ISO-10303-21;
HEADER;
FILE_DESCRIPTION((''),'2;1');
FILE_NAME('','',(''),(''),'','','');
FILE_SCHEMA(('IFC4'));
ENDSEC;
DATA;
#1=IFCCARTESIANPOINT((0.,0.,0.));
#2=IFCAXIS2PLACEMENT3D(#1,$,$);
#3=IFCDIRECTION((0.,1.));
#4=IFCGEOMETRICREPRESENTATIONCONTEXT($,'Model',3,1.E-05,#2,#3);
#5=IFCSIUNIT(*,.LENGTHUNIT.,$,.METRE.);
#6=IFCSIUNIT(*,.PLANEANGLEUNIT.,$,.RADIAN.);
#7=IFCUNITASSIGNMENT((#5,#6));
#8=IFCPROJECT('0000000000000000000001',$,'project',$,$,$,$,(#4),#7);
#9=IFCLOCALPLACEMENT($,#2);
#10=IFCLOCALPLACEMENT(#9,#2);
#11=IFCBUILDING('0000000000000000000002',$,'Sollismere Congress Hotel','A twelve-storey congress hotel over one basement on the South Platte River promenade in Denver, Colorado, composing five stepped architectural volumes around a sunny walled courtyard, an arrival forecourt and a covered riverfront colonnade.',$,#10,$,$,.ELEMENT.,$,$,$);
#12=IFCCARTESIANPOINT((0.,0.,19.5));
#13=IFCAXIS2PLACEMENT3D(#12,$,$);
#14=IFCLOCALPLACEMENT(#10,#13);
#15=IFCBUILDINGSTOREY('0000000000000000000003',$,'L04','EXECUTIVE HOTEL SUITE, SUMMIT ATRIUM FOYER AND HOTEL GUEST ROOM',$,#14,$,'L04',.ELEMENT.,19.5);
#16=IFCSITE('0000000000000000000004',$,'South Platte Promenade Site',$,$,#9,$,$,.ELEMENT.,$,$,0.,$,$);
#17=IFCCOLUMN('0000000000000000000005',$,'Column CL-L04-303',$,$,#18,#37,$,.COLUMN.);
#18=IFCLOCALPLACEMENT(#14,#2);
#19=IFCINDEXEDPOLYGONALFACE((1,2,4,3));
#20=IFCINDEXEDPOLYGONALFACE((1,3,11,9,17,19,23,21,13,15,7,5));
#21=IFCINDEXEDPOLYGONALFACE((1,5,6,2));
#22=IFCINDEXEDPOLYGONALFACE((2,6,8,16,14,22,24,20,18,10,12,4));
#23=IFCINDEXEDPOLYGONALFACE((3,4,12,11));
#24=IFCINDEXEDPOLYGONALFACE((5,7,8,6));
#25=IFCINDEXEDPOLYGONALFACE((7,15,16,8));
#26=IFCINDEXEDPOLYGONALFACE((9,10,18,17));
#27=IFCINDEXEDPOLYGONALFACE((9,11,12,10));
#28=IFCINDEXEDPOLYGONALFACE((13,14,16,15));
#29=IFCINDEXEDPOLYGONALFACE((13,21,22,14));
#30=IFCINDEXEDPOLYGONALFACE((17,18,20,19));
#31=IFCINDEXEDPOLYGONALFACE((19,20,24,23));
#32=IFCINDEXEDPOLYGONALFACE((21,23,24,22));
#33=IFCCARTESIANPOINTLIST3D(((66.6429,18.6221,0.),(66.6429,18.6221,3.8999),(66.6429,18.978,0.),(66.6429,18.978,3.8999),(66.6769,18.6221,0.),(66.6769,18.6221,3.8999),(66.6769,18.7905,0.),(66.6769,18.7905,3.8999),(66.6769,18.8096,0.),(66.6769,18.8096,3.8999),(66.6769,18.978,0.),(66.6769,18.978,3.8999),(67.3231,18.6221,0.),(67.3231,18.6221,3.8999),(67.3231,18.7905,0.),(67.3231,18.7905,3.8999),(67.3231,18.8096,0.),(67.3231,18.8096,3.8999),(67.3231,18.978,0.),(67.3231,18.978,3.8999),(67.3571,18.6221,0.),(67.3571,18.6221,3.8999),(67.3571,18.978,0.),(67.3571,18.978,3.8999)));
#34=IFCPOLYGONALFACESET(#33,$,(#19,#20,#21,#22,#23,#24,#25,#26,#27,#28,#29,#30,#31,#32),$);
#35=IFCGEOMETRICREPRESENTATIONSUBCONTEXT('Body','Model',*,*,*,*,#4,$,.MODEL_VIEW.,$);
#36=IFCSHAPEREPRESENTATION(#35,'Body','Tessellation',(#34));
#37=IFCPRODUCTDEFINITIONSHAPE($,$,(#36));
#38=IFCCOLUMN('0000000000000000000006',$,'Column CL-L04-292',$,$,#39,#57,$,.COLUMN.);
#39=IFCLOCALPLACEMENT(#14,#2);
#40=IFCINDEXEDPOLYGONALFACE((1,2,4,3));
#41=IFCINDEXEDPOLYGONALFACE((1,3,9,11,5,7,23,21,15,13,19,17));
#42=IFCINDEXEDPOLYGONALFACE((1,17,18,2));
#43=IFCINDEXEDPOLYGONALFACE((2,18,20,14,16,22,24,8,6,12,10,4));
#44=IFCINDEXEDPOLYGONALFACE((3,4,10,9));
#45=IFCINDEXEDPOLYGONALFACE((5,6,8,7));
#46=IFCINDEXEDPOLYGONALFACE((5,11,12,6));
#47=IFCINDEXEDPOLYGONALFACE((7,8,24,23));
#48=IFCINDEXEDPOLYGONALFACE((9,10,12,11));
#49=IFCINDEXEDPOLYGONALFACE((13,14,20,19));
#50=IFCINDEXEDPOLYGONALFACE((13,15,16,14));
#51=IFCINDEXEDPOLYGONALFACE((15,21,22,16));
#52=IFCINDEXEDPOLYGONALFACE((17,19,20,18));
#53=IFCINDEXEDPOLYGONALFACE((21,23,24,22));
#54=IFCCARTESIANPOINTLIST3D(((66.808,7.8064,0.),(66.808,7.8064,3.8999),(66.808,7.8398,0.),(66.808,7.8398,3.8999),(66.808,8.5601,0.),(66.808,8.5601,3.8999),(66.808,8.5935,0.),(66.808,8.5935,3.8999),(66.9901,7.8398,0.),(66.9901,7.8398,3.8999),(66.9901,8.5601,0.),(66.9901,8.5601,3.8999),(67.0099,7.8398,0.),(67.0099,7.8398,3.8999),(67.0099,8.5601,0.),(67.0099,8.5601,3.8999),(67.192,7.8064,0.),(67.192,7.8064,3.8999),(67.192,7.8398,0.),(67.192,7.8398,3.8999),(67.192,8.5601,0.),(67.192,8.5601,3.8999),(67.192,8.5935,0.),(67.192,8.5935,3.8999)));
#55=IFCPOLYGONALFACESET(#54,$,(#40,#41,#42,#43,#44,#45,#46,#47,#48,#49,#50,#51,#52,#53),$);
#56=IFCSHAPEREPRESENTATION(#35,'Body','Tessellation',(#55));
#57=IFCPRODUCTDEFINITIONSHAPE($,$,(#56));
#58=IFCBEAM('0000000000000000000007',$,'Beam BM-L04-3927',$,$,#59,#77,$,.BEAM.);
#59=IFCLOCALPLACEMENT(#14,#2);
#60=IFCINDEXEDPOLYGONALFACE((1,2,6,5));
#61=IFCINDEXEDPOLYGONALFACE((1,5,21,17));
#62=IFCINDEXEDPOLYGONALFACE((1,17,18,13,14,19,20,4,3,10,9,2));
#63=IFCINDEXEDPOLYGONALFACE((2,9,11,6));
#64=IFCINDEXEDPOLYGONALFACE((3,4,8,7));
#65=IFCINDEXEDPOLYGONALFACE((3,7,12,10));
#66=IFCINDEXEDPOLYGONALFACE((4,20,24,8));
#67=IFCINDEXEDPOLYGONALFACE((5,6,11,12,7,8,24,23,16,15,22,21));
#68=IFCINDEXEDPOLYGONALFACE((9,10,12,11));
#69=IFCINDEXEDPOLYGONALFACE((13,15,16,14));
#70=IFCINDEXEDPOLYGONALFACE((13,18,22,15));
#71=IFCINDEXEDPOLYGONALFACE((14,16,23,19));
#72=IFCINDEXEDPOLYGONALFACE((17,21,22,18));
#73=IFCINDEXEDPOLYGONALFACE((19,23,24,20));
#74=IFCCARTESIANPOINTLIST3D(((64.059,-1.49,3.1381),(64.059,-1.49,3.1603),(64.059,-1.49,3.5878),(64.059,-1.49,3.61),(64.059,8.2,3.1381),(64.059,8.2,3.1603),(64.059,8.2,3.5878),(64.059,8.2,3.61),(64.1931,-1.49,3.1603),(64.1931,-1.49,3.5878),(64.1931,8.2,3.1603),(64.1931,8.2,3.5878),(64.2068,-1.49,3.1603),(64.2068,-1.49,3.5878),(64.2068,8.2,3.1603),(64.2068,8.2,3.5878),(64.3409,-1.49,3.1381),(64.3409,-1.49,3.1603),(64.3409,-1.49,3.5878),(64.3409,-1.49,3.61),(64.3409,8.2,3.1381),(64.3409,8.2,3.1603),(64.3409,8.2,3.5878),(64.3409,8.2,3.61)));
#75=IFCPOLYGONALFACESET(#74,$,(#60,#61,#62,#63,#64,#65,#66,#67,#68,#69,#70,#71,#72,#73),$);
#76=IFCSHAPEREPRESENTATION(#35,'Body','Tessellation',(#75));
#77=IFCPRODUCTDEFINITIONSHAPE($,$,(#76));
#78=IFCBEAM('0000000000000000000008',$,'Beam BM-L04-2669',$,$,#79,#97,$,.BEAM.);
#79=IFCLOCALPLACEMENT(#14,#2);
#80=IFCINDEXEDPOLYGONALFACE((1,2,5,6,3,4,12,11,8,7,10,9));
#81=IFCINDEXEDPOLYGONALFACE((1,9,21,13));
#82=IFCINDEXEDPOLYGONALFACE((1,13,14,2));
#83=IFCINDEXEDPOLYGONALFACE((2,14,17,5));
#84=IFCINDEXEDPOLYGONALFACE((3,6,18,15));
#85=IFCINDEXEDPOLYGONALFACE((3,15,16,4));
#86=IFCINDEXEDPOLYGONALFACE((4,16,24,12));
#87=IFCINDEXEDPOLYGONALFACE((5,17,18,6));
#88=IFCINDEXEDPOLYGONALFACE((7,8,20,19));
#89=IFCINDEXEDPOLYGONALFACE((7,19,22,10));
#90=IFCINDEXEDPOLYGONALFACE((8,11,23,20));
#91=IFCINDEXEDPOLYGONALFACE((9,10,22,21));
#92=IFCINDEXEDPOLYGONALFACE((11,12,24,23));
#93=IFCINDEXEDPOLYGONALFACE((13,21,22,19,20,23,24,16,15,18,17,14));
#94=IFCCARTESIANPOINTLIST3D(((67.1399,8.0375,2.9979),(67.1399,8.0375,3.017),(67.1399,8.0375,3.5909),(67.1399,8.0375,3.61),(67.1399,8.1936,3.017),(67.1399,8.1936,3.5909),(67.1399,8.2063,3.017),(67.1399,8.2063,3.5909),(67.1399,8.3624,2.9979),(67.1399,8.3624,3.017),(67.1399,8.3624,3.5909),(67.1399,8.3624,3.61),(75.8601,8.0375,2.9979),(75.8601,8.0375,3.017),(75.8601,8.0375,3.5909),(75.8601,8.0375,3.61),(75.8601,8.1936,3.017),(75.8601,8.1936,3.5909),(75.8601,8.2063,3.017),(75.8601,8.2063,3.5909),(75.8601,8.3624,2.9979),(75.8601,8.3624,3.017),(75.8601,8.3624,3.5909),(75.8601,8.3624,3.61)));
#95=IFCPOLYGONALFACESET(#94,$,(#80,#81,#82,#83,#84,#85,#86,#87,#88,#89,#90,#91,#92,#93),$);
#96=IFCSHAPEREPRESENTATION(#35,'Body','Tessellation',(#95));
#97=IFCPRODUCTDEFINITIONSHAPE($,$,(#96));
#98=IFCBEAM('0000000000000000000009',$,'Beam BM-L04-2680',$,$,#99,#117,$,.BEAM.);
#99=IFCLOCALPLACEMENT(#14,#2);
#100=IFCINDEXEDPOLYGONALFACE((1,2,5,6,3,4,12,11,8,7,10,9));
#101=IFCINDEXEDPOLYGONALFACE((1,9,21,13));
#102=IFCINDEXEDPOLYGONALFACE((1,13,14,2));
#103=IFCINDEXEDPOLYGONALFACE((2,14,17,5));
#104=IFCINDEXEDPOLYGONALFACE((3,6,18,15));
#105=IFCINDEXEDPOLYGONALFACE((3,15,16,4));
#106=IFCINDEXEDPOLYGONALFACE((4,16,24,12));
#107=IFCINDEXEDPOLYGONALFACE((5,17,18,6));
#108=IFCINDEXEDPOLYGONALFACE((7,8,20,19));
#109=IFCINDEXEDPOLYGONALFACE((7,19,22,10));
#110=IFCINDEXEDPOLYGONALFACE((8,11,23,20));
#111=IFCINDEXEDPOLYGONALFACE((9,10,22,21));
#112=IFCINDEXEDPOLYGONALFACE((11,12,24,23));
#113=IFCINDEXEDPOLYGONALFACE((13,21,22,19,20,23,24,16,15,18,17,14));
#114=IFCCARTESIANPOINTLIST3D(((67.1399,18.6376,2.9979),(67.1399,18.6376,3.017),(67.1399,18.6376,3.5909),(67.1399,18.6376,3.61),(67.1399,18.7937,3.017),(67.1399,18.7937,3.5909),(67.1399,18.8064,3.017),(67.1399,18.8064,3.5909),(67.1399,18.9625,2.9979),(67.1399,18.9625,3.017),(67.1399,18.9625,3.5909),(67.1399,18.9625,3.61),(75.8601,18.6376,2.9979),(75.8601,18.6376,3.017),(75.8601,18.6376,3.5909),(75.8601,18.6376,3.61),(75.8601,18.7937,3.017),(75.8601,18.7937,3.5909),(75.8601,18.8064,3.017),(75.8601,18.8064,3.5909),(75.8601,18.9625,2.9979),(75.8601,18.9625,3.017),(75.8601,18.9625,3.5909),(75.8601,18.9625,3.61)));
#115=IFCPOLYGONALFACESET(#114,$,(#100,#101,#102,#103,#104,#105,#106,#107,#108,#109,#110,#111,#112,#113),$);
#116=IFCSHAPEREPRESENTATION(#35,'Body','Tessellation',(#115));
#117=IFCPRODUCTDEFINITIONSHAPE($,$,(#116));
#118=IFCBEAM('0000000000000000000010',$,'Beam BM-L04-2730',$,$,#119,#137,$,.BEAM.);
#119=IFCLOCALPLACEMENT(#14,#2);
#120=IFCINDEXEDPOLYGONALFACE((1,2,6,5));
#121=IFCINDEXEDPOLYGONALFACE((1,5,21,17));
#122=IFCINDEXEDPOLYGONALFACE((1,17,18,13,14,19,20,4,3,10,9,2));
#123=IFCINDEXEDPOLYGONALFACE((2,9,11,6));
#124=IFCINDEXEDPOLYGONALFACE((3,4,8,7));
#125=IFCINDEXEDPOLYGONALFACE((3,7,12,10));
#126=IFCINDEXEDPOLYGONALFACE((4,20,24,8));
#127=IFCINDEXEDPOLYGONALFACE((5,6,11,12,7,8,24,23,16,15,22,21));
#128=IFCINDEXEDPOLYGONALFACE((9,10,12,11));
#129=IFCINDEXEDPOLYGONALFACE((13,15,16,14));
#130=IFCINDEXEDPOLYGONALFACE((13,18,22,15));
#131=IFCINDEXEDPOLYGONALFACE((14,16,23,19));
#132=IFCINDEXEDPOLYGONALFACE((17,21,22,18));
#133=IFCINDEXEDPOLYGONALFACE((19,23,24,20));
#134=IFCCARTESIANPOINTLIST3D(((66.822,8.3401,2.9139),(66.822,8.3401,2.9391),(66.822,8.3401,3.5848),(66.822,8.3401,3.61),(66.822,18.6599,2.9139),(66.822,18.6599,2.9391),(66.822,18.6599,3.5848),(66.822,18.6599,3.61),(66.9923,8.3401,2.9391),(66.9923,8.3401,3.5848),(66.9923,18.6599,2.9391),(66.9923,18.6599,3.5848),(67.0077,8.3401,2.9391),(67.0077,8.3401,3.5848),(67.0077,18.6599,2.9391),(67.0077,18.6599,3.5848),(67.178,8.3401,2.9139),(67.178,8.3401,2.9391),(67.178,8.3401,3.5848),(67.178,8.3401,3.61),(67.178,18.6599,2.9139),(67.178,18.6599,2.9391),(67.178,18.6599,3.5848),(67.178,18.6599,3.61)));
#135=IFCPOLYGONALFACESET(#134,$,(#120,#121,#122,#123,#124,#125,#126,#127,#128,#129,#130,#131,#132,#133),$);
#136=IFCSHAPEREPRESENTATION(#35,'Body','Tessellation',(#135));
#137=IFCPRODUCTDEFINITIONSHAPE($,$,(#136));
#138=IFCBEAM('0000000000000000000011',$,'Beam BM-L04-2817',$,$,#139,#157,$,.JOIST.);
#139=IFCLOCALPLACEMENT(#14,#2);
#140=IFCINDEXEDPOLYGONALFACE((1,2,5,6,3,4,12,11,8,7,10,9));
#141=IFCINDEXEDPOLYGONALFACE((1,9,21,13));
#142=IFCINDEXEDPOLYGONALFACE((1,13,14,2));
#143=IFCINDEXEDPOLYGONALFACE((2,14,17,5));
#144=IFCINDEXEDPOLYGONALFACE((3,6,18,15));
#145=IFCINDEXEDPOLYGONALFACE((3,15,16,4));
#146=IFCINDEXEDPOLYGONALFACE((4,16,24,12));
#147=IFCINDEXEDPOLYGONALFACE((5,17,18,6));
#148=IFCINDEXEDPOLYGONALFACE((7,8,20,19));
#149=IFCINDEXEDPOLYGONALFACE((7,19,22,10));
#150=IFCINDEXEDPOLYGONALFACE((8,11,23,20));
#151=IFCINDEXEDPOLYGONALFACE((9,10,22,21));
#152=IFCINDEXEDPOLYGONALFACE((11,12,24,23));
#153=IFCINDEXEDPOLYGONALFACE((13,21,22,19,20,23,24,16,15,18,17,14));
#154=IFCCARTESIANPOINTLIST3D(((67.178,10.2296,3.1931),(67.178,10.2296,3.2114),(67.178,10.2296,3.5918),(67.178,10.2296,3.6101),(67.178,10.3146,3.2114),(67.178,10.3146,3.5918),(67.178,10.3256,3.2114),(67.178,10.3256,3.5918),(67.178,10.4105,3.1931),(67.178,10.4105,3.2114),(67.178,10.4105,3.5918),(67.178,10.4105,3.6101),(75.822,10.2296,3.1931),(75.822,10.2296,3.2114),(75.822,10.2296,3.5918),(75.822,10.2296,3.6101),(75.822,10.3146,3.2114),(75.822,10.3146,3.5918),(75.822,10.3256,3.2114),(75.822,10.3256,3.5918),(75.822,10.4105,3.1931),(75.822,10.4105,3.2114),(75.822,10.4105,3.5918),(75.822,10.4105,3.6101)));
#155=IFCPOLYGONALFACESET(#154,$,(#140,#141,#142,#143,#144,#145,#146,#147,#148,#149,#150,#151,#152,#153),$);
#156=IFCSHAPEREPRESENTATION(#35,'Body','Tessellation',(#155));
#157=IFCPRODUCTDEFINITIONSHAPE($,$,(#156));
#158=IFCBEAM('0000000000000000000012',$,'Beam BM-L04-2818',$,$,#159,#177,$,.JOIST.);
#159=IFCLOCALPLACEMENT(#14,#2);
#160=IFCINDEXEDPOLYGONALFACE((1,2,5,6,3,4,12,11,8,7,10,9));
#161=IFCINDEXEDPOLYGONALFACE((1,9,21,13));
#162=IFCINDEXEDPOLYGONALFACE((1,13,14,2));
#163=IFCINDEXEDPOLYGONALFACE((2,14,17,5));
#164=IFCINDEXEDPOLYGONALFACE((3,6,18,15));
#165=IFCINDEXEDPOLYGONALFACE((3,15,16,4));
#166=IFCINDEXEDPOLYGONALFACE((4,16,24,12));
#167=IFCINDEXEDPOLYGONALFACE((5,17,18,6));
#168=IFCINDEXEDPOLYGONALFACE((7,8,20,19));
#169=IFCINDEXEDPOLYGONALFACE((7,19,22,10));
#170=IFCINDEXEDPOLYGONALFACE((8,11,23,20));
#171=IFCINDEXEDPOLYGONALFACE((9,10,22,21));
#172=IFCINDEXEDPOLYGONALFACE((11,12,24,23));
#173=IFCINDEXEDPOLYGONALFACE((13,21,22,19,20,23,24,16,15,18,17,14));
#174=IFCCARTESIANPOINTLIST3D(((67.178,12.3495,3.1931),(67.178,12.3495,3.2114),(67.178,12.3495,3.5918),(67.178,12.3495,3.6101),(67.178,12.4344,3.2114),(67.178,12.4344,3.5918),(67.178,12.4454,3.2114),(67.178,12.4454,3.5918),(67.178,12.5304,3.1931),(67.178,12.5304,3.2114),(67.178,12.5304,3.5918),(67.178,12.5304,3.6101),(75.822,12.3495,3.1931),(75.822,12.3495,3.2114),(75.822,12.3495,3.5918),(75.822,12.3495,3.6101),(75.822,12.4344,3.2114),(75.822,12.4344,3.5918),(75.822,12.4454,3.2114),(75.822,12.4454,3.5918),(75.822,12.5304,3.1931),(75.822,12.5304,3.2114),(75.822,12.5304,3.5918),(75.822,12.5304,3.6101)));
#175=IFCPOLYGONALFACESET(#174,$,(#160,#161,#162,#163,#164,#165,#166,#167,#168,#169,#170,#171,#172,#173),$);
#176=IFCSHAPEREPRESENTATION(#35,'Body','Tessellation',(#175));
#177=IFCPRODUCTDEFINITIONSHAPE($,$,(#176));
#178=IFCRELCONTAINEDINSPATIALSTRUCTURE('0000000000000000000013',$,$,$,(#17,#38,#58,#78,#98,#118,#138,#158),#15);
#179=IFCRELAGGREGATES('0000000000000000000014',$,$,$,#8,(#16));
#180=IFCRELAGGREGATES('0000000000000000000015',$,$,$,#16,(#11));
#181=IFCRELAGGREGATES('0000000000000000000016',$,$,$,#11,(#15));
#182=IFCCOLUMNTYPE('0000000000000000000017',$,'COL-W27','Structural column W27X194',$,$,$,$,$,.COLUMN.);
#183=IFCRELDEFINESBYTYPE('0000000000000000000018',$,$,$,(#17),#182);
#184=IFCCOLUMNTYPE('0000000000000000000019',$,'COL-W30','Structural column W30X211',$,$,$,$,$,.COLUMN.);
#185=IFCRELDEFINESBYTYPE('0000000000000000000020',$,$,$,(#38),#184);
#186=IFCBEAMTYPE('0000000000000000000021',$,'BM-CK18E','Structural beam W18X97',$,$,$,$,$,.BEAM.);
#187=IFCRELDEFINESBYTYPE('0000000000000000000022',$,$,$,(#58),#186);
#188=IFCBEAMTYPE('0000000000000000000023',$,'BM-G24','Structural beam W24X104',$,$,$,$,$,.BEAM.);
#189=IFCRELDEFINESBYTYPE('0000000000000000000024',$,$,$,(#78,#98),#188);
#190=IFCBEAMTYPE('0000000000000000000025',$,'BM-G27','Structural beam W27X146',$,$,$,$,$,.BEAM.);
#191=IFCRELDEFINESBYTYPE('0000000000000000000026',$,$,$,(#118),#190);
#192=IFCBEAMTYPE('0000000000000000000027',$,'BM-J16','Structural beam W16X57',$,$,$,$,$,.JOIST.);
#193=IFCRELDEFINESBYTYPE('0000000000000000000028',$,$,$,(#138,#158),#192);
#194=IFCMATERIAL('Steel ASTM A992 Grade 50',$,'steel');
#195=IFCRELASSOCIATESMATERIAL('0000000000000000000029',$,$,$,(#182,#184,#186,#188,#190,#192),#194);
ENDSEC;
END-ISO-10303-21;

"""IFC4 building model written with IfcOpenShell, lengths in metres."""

from ifc_helpers import new_model, si_unit, direction, frame, origin, origin_2d, place, context, subcontext, project, spatial, i_section, extrude, material, material_profile, profile_set, type_object, element, save


model = new_model("IFC4")

# Units and contexts
model_context = context("Model", 3, precision=1e-05, world=origin(), true_north=direction((0.0, 1.0)))
body_context = subcontext(model_context, "Body", "Model", "MODEL_VIEW")
ifc_project = project(units=[si_unit("LENGTHUNIT", "METRE"), si_unit("PLANEANGLEUNIT", "RADIAN")], contexts=[model_context])

# Site, building, storey
site_placement = place(None, origin())
site = spatial("IfcSite", under=ifc_project, at=site_placement, Name="South Platte Promenade Site", CompositionType="ELEMENT", RefElevation=0.0)
building_placement = place(site_placement, origin())
building = spatial("IfcBuilding", under=site, at=building_placement, Name="Sollismere Congress Hotel", Description="A twelve-storey congress hotel over one basement on the South Platte River promenade in Denver, Colorado, composing five stepped architectural volumes around a sunny walled courtyard, an arrival forecourt and a covered riverfront colonnade.", CompositionType="ELEMENT")
storey_placement = place(building_placement, frame((0.0, 0.0, 19.5)))
storey = spatial("IfcBuildingStorey", under=building, at=storey_placement, Name="L04", Description="EXECUTIVE HOTEL SUITE, SUMMIT ATRIUM FOYER AND HOTEL GUEST ROOM", LongName="L04", CompositionType="ELEMENT", Elevation=19.5)

# Columns
ifc_material_1 = material(Name="Steel ASTM A992 Grade 50", Category="steel")
ifc_material_profile_1 = material_profile(ifc_material_1, i_section(OverallWidth=0.356, OverallDepth=0.7141, WebThickness=0.019, FlangeThickness=0.0339, at=origin_2d()), Name="W27X194")
ifc_profile_set_1 = profile_set([ifc_material_profile_1], Name="Steel ASTM A992 Grade 50")
column_type_1 = type_object("IfcColumnType", Name="COL-W27", Description="Structural column W27X194", PredefinedType="COLUMN", material=ifc_profile_set_1)
column_1_placement = place(storey_placement, frame((67.0, 18.8, 0.0), z_axis=(0.0, 0.0, 1.0), x_axis=(0.0, 1.0, 0.0)))
element("IfcColumn", 1, at=column_1_placement, inside=storey, type_object=column_type_1, Name="Column CL-L04-303", PredefinedType="COLUMN", context=body_context, shape_type="SweptSolid", body=[
    extrude(i_section(OverallWidth=0.356, OverallDepth=0.7141, WebThickness=0.019, FlangeThickness=0.0339, at=origin_2d()), origin(), (0.0, 0.0, 1.0), 3.8999),
])
ifc_material_profile_2 = material_profile(ifc_material_1, i_section(OverallWidth=0.384, OverallDepth=0.7871, WebThickness=0.0198, FlangeThickness=0.0334, at=origin_2d()), Name="W30X211")
ifc_profile_set_2 = profile_set([ifc_material_profile_2], Name="Steel ASTM A992 Grade 50")
column_type_2 = type_object("IfcColumnType", Name="COL-W30", Description="Structural column W30X211", PredefinedType="COLUMN", material=ifc_profile_set_2)
column_2_placement = place(storey_placement, frame((67.0, 8.2, 0.0), z_axis=(0.0, 0.0, 1.0), x_axis=(1.0, 0.0, 0.0)))
element("IfcColumn", 2, at=column_2_placement, inside=storey, type_object=column_type_2, Name="Column CL-L04-292", PredefinedType="COLUMN", context=body_context, shape_type="SweptSolid", body=[
    extrude(i_section(OverallWidth=0.384, OverallDepth=0.7871, WebThickness=0.0198, FlangeThickness=0.0334, at=origin_2d()), origin(), (0.0, 0.0, 1.0), 3.8999),
])

# Beams
ifc_material_profile_3 = material_profile(ifc_material_1, i_section(OverallWidth=0.282, OverallDepth=0.4719, WebThickness=0.0137, FlangeThickness=0.0222, at=origin_2d()), Name="W18X97")
ifc_profile_set_3 = profile_set([ifc_material_profile_3], Name="Steel ASTM A992 Grade 50")
beam_type_1 = type_object("IfcBeamType", Name="BM-CK18E", Description="Structural beam W18X97", PredefinedType="BEAM", material=ifc_profile_set_3)
beam_1_placement = place(storey_placement, frame((64.2, 8.2, 3.374), z_axis=(0.0, -1.0, 0.0), x_axis=(1.0, 0.0, 0.0)))
element("IfcBeam", 3, at=beam_1_placement, inside=storey, type_object=beam_type_1, Name="Beam BM-L04-3927", PredefinedType="BEAM", context=body_context, shape_type="SweptSolid", body=[
    extrude(i_section(OverallWidth=0.282, OverallDepth=0.4719, WebThickness=0.0137, FlangeThickness=0.0222, at=origin_2d()), origin(), (0.0, 0.0, 1.0), 9.6899),
])
ifc_material_profile_4 = material_profile(ifc_material_1, i_section(OverallWidth=0.325, OverallDepth=0.6121, WebThickness=0.0127, FlangeThickness=0.019, at=origin_2d()), Name="W24X104")
ifc_profile_set_4 = profile_set([ifc_material_profile_4], Name="Steel ASTM A992 Grade 50")
beam_type_2 = type_object("IfcBeamType", Name="BM-G24", Description="Structural beam W24X104", PredefinedType="BEAM", material=ifc_profile_set_4)
for number, where, z_axis, x_axis, name in (
    (4, (67.1399, 8.2, 3.304), (1.0, 0.0, 0.0), (0.0, 1.0, 0.0), "Beam BM-L04-2669"),
    (5, (67.1399, 18.8, 3.304), (1.0, 0.0, 0.0), (0.0, 1.0, 0.0), "Beam BM-L04-2680"),
):
    element("IfcBeam", number, at=place(storey_placement, frame(where, z_axis=z_axis, x_axis=x_axis)), inside=storey, type_object=beam_type_2, Name=name, PredefinedType="BEAM", context=body_context, shape_type="SweptSolid", body=[
        extrude(i_section(OverallWidth=0.325, OverallDepth=0.6121, WebThickness=0.0127, FlangeThickness=0.019, at=origin_2d()), origin(), (0.0, 0.0, 1.0), 8.7202),
    ])
ifc_material_profile_5 = material_profile(ifc_material_1, i_section(OverallWidth=0.356, OverallDepth=0.696, WebThickness=0.0154, FlangeThickness=0.0251, at=origin_2d()), Name="W27X146")
ifc_profile_set_5 = profile_set([ifc_material_profile_5], Name="Steel ASTM A992 Grade 50")
beam_type_3 = type_object("IfcBeamType", Name="BM-G27", Description="Structural beam W27X146", PredefinedType="BEAM", material=ifc_profile_set_5)
beam_2_placement = place(storey_placement, frame((67.0, 8.3401, 3.262), z_axis=(0.0, 1.0, 0.0), x_axis=(-1.0, 0.0, 0.0)))
element("IfcBeam", 6, at=beam_2_placement, inside=storey, type_object=beam_type_3, Name="Beam BM-L04-2730", PredefinedType="BEAM", context=body_context, shape_type="SweptSolid", body=[
    extrude(i_section(OverallWidth=0.356, OverallDepth=0.696, WebThickness=0.0154, FlangeThickness=0.0251, at=origin_2d()), origin(), (0.0, 0.0, 1.0), 10.3198),
])
ifc_material_profile_6 = material_profile(ifc_material_1, i_section(OverallWidth=0.1809, OverallDepth=0.417, WebThickness=0.011, FlangeThickness=0.0183, at=origin_2d()), Name="W16X57")
ifc_profile_set_6 = profile_set([ifc_material_profile_6], Name="Steel ASTM A992 Grade 50")
beam_type_4 = type_object("IfcBeamType", Name="BM-J16", Description="Structural beam W16X57", PredefinedType="JOIST", material=ifc_profile_set_6)
for number, where, z_axis, x_axis, name in (
    (7, (67.178, 10.3201, 3.4016), (1.0, 0.0, 0.0), (0.0, 1.0, 0.0), "Beam BM-L04-2817"),
    (8, (67.178, 12.4399, 3.4016), (1.0, 0.0, 0.0), (0.0, 1.0, 0.0), "Beam BM-L04-2818"),
):
    element("IfcBeam", number, at=place(storey_placement, frame(where, z_axis=z_axis, x_axis=x_axis)), inside=storey, type_object=beam_type_4, Name=name, PredefinedType="JOIST", context=body_context, shape_type="SweptSolid", body=[
        extrude(i_section(OverallWidth=0.1809, OverallDepth=0.417, WebThickness=0.011, FlangeThickness=0.0183, at=origin_2d()), origin(), (0.0, 0.0, 1.0), 8.644),
    ])

save(model, "model.ifc")
